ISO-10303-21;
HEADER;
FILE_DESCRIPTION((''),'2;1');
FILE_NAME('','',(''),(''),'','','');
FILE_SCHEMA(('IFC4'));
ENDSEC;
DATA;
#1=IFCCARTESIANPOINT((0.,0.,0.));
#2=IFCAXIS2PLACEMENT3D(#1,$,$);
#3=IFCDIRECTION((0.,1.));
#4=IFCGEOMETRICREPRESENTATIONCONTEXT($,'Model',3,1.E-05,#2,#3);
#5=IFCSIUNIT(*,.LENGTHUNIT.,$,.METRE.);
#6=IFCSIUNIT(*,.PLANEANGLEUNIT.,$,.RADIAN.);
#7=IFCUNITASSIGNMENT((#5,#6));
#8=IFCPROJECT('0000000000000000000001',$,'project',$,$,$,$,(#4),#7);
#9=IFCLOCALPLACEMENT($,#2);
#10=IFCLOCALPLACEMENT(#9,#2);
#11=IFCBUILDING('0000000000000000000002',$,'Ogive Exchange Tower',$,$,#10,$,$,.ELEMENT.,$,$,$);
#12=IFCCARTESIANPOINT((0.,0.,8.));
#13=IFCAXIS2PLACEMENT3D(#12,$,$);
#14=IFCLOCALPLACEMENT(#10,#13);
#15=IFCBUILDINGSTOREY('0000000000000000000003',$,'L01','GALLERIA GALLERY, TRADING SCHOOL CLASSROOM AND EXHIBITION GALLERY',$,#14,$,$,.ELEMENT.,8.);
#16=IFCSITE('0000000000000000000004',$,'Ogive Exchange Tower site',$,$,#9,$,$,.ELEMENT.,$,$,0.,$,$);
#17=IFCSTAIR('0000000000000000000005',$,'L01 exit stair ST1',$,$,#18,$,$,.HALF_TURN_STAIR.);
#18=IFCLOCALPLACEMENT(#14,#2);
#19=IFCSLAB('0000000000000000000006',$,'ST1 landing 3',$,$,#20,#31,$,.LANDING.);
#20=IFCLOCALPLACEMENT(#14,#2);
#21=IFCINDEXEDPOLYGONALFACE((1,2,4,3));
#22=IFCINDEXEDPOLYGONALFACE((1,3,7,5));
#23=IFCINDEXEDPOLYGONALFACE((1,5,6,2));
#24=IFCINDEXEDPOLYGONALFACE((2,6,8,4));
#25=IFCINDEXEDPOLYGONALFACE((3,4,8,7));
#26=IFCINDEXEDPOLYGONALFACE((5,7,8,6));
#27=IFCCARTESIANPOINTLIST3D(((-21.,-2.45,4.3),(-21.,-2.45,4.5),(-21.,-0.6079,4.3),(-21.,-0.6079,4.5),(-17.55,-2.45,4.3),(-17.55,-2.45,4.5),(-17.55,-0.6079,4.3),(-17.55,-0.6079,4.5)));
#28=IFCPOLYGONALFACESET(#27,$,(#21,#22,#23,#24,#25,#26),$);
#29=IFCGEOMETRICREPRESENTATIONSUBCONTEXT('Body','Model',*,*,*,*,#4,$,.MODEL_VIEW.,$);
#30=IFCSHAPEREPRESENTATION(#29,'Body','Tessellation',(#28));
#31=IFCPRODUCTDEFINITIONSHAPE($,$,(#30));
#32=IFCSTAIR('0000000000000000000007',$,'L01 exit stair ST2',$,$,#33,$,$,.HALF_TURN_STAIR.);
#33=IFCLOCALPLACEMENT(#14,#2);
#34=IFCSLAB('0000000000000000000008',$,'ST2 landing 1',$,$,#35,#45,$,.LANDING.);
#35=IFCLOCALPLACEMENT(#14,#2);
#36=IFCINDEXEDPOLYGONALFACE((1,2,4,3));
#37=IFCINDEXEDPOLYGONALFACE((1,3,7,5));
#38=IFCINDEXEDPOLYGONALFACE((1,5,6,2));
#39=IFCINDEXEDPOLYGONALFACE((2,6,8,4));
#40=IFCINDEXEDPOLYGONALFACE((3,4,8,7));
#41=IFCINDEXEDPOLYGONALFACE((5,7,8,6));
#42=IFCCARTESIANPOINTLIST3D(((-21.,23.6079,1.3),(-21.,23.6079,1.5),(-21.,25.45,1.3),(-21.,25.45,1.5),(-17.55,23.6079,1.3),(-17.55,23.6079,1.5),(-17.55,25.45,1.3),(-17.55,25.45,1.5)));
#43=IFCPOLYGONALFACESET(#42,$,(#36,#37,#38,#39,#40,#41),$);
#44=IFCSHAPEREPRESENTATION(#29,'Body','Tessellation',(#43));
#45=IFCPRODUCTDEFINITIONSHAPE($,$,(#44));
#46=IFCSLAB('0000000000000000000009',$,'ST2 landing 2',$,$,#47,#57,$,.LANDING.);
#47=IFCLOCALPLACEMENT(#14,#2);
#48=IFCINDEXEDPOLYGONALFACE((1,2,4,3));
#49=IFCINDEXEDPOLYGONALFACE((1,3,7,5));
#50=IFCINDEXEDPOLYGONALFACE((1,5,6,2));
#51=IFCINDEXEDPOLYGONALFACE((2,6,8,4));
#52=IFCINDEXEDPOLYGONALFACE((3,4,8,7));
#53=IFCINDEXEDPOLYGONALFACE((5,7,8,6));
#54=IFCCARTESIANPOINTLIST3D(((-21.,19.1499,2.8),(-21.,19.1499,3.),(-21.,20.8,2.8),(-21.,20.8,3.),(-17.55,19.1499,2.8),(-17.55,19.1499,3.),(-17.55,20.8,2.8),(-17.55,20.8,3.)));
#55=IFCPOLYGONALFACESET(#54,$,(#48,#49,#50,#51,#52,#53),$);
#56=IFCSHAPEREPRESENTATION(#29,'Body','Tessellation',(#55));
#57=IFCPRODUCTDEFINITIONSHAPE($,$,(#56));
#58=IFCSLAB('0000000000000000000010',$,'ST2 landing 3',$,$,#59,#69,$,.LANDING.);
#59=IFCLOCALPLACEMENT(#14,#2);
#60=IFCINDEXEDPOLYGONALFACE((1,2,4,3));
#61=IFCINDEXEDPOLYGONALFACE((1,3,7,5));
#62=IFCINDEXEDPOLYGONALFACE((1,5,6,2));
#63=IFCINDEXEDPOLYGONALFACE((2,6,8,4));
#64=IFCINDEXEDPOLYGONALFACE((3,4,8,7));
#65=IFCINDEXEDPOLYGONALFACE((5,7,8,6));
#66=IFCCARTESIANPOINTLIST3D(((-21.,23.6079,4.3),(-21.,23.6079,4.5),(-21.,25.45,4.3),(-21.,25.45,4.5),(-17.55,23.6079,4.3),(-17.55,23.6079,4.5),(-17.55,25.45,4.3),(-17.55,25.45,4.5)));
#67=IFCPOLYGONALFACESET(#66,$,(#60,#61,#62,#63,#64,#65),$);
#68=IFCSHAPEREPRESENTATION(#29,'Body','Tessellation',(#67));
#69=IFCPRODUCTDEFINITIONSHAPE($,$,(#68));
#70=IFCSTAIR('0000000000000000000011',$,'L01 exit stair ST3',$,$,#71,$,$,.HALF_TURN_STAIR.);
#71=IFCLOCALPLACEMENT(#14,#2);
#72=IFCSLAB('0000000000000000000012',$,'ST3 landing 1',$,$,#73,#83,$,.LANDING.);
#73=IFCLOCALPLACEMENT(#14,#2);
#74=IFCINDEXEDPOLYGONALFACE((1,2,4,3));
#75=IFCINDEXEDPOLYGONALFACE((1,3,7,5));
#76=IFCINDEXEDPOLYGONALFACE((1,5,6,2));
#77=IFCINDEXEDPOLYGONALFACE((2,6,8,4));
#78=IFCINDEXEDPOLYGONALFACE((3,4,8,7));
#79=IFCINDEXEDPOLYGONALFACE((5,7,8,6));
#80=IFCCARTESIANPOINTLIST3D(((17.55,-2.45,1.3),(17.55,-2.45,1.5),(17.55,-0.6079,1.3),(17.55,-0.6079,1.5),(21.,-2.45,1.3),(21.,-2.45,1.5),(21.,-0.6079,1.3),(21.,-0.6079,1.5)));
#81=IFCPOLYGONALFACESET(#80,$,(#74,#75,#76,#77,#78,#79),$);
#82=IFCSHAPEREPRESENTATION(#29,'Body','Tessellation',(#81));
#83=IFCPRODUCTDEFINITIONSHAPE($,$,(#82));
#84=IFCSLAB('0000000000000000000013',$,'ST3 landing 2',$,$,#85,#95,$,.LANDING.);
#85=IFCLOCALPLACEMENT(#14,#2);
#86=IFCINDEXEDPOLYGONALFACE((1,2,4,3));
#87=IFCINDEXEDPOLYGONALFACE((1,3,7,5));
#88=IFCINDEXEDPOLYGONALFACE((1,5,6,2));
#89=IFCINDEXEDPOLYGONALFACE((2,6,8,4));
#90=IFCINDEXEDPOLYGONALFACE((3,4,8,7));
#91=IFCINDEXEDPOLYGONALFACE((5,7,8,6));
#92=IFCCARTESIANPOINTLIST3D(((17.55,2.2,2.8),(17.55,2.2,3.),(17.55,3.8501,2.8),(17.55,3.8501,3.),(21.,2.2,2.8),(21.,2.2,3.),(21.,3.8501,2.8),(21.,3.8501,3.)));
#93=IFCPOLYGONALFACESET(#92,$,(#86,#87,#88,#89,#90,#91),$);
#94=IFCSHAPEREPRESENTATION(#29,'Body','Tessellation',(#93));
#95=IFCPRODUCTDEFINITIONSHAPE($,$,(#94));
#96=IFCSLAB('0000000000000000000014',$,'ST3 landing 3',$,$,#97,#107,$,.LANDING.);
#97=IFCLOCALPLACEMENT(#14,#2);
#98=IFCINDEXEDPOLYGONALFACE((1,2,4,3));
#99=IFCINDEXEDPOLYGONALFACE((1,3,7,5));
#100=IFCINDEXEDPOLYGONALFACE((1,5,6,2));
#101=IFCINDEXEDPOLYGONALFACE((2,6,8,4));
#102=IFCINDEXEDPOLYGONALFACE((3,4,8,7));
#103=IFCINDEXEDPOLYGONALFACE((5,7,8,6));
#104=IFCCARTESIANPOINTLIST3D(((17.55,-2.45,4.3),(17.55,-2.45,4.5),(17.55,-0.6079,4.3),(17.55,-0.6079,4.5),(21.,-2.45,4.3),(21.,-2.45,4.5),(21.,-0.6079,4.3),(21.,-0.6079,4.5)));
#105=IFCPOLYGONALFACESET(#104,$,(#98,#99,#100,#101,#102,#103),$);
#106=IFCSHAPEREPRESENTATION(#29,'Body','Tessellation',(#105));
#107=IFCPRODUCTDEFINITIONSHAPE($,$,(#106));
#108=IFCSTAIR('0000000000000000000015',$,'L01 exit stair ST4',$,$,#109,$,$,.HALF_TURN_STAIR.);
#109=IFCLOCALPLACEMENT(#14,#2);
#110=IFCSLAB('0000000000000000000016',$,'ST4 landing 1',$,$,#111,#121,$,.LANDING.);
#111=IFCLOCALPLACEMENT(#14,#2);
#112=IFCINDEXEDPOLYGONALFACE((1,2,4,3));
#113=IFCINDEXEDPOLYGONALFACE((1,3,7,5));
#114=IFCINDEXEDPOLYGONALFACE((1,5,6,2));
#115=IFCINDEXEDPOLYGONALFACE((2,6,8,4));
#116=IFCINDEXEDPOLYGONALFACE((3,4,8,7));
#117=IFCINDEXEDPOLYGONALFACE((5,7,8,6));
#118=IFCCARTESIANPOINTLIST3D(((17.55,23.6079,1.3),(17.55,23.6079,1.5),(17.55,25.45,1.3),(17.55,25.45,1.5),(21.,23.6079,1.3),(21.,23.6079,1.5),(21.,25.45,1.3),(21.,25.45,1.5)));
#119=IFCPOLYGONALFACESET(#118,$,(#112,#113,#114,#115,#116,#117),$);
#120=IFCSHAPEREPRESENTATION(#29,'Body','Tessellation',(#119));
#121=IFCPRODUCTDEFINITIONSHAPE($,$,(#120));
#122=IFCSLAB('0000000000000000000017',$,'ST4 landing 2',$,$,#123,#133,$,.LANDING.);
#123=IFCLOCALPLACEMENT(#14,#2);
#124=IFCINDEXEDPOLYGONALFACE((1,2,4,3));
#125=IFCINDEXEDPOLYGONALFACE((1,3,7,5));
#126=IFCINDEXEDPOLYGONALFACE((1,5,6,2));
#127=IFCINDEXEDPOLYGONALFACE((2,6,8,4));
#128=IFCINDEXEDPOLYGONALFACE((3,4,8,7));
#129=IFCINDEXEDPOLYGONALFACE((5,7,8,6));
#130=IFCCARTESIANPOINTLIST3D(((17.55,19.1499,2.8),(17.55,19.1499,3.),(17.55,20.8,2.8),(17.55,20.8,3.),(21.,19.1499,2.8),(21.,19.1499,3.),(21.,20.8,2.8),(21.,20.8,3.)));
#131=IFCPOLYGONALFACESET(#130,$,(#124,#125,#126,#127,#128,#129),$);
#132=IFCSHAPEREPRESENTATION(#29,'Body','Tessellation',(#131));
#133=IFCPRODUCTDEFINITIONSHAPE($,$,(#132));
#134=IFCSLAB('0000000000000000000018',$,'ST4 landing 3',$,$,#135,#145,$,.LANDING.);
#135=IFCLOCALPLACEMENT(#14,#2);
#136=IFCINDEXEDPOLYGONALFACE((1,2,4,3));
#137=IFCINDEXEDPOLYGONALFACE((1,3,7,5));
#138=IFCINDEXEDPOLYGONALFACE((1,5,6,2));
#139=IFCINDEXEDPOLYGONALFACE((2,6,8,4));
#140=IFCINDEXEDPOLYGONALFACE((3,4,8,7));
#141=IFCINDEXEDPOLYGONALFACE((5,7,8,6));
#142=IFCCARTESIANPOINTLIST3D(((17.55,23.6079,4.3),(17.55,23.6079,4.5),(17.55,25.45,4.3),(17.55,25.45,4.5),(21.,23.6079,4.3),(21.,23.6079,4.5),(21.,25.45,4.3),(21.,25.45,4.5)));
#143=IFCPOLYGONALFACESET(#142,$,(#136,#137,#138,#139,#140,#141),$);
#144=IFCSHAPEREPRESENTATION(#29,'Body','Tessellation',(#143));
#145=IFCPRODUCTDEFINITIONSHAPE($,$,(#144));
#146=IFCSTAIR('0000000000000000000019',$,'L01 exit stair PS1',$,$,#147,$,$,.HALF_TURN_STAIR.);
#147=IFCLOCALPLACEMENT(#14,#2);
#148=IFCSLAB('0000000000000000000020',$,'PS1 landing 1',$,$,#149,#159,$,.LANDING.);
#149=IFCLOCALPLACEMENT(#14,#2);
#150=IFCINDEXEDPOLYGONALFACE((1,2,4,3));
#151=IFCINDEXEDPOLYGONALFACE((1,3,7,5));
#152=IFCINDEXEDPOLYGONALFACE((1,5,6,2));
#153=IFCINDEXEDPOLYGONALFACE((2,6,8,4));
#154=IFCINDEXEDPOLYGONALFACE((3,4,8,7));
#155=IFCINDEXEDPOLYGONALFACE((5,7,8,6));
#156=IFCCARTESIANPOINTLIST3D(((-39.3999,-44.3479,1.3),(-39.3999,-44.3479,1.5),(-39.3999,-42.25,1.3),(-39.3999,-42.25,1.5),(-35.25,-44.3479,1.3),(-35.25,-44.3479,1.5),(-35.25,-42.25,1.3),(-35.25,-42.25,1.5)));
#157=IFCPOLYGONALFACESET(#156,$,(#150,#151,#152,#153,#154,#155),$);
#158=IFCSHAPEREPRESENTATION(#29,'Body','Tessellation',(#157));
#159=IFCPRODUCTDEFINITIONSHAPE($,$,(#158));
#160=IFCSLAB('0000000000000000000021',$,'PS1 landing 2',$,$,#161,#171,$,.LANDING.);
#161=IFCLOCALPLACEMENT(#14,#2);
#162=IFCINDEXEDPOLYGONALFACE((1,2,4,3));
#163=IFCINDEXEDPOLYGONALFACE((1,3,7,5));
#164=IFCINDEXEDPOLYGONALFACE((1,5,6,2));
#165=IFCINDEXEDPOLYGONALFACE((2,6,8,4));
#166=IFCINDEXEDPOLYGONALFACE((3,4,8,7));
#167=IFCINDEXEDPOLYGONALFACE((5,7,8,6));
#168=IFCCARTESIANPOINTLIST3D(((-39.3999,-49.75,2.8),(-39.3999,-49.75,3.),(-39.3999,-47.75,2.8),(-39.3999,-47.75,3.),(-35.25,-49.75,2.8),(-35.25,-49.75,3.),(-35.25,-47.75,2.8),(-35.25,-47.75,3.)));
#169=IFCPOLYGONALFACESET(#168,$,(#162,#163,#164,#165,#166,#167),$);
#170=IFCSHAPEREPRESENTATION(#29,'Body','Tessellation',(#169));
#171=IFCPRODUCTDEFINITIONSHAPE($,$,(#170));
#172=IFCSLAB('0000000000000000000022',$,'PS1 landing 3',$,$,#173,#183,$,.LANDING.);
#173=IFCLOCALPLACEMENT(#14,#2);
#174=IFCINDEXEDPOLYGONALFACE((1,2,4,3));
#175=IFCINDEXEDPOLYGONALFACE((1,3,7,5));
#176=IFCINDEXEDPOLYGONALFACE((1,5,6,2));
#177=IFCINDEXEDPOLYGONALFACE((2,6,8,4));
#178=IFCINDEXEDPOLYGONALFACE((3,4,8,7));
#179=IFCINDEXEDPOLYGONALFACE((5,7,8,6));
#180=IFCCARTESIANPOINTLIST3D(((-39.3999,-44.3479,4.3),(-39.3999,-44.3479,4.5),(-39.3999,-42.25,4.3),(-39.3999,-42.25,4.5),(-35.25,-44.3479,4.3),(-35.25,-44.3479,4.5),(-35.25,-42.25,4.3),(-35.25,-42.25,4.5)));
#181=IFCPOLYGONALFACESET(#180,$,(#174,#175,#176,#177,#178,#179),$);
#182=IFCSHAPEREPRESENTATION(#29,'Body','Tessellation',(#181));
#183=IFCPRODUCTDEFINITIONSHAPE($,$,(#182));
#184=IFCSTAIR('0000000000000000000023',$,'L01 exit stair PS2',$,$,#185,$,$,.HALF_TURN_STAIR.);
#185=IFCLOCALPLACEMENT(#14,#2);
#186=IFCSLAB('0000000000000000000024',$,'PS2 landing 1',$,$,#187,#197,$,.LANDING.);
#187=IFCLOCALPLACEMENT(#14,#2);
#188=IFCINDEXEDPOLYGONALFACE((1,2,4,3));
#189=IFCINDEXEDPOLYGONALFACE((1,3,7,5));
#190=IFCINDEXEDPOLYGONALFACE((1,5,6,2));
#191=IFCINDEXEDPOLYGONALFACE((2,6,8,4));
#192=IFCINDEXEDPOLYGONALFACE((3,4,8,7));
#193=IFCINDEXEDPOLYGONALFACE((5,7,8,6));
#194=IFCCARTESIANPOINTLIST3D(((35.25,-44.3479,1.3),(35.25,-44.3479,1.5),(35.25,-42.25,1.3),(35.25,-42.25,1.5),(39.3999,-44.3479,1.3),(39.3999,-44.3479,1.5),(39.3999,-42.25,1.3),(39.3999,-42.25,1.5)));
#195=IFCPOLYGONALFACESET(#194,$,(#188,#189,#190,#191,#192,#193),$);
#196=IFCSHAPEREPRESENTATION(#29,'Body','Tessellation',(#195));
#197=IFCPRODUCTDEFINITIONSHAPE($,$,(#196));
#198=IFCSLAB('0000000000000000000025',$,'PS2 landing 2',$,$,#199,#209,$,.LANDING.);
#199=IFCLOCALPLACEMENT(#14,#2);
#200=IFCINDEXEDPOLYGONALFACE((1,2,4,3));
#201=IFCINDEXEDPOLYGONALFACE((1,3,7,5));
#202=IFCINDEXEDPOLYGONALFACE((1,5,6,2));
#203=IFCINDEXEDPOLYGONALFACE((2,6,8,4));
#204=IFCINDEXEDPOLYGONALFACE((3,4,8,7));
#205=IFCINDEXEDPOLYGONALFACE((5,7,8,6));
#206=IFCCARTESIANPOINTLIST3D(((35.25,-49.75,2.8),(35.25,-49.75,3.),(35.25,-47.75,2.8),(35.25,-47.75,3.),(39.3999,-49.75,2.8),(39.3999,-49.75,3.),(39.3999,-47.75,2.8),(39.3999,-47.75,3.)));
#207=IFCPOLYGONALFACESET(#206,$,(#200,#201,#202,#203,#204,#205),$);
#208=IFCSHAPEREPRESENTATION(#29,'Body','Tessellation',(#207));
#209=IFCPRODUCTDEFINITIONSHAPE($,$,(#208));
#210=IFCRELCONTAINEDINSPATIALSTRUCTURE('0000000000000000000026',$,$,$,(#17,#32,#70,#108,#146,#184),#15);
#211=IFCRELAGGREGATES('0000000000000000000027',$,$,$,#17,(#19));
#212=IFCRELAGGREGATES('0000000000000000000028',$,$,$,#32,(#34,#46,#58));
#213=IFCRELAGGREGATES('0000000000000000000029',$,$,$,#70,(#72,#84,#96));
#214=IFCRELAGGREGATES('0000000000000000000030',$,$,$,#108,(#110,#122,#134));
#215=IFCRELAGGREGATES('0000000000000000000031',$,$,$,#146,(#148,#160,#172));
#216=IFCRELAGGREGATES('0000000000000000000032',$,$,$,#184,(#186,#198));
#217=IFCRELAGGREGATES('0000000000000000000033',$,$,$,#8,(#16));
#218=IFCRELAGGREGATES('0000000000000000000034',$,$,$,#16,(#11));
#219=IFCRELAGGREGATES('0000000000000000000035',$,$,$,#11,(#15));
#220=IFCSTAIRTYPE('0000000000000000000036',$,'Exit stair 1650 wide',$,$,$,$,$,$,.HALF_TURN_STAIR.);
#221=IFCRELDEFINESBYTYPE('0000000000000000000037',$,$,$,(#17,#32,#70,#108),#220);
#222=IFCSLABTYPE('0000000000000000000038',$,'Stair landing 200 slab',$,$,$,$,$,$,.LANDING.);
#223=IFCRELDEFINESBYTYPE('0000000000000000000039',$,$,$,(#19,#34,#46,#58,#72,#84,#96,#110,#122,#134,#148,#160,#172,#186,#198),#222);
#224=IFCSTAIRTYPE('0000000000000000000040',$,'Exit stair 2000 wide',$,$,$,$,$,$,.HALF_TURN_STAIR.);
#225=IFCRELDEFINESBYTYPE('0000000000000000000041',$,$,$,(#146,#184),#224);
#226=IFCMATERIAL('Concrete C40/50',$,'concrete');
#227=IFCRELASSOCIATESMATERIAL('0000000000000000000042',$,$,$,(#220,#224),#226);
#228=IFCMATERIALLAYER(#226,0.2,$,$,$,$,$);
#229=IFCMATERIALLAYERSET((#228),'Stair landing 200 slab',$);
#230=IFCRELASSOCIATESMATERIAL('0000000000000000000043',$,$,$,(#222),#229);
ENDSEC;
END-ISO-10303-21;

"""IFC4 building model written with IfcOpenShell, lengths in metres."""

from ifc_helpers import new_model, si_unit, direction, frame, origin, place, context, subcontext, project, spatial, polyline, outline, extrude, material, layer, layer_set, type_object, element, aggregate, save


model = new_model("IFC4")

# Units and contexts
model_context = context("Model", 3, precision=1e-05, world=origin(), true_north=direction((0.0, 1.0)))
body_context = subcontext(model_context, "Body", "Model", "MODEL_VIEW")
ifc_project = project(units=[si_unit("LENGTHUNIT", "METRE"), si_unit("PLANEANGLEUNIT", "RADIAN")], contexts=[model_context])

# Site, building, storey
site_placement = place(None, origin())
site = spatial("IfcSite", under=ifc_project, at=site_placement, Name="Ogive Exchange Tower site", CompositionType="ELEMENT", RefElevation=0.0)
building_placement = place(site_placement, origin())
building = spatial("IfcBuilding", under=site, at=building_placement, Name="Ogive Exchange Tower", CompositionType="ELEMENT")
storey_placement = place(building_placement, frame((0.0, 0.0, 8.0)))
storey = spatial("IfcBuildingStorey", under=building, at=storey_placement, Name="L01", Description="GALLERIA GALLERY, TRADING SCHOOL CLASSROOM AND EXHIBITION GALLERY", CompositionType="ELEMENT", Elevation=8.0)

# Stair, slab
ifc_material = material(Name="Concrete C40/50", Category="concrete")
stair_type_1 = type_object("IfcStairType", Name="Exit stair 1650 wide", PredefinedType="HALF_TURN_STAIR", material=ifc_material)
stair_1_placement = place(storey_placement, origin())
stair_1 = element("IfcStair", 1, at=stair_1_placement, inside=storey, type_object=stair_type_1, Name="L01 exit stair ST1", PredefinedType="HALF_TURN_STAIR")
ifc_layer = layer(ifc_material, 0.2)
ifc_layer_set = layer_set([ifc_layer], Name="Stair landing 200 slab")
slab_type = type_object("IfcSlabType", Name="Stair landing 200 slab", PredefinedType="LANDING", material=ifc_layer_set)
slab_1_placement = place(storey_placement, frame((0.0, 0.0, 4.3)))
slab_1 = element("IfcSlab", 2, at=slab_1_placement, type_object=slab_type, Name="ST1 landing 3", PredefinedType="LANDING", context=body_context, shape_type="SweptSolid", body=[
    extrude(outline(polyline([(-21.0, -0.6079), (-21.0, -2.45), (-17.55, -2.45), (-17.55, -0.6079), (-21.0, -0.6079)])), origin(), (0.0, 0.0, 1.0), 0.2),
])
aggregate(stair_1, [slab_1])

# Stairs, slabs
stair_2_placement = place(storey_placement, origin())
stair_2 = element("IfcStair", 3, at=stair_2_placement, inside=storey, type_object=stair_type_1, Name="L01 exit stair ST2", PredefinedType="HALF_TURN_STAIR")
slab_2_placement = place(storey_placement, frame((0.0, 0.0, 1.3)))
slab_2 = element("IfcSlab", 4, at=slab_2_placement, type_object=slab_type, Name="ST2 landing 1", PredefinedType="LANDING", context=body_context, shape_type="SweptSolid", body=[
    extrude(outline(polyline([(-17.55, 23.6079), (-17.55, 25.45), (-21.0, 25.45), (-21.0, 23.6079), (-17.55, 23.6079)])), origin(), (0.0, 0.0, 1.0), 0.2),
])
slab_3_placement = place(storey_placement, frame((0.0, 0.0, 2.8)))
slab_3 = element("IfcSlab", 5, at=slab_3_placement, type_object=slab_type, Name="ST2 landing 2", PredefinedType="LANDING", context=body_context, shape_type="SweptSolid", body=[
    extrude(outline(polyline([(-17.55, 19.1499), (-17.55, 20.8), (-21.0, 20.8), (-21.0, 19.1499), (-17.55, 19.1499)])), origin(), (0.0, 0.0, 1.0), 0.2),
])
slab_4_placement = place(storey_placement, frame((0.0, 0.0, 4.3)))
slab_4 = element("IfcSlab", 6, at=slab_4_placement, type_object=slab_type, Name="ST2 landing 3", PredefinedType="LANDING", context=body_context, shape_type="SweptSolid", body=[
    extrude(outline(polyline([(-17.55, 23.6079), (-17.55, 25.45), (-21.0, 25.45), (-21.0, 23.6079), (-17.55, 23.6079)])), origin(), (0.0, 0.0, 1.0), 0.2),
])
aggregate(stair_2, [slab_2, slab_3, slab_4])
stair_3_placement = place(storey_placement, origin())
stair_3 = element("IfcStair", 7, at=stair_3_placement, inside=storey, type_object=stair_type_1, Name="L01 exit stair ST3", PredefinedType="HALF_TURN_STAIR")
slab_5_placement = place(storey_placement, frame((0.0, 0.0, 1.3)))
slab_5 = element("IfcSlab", 8, at=slab_5_placement, type_object=slab_type, Name="ST3 landing 1", PredefinedType="LANDING", context=body_context, shape_type="SweptSolid", body=[
    extrude(outline(polyline([(17.55, -0.6079), (17.55, -2.45), (21.0, -2.45), (21.0, -0.6079), (17.55, -0.6079)])), origin(), (0.0, 0.0, 1.0), 0.2),
])
slab_6_placement = place(storey_placement, frame((0.0, 0.0, 2.8)))
slab_6 = element("IfcSlab", 9, at=slab_6_placement, type_object=slab_type, Name="ST3 landing 2", PredefinedType="LANDING", context=body_context, shape_type="SweptSolid", body=[
    extrude(outline(polyline([(17.55, 3.8501), (17.55, 2.2), (21.0, 2.2), (21.0, 3.8501), (17.55, 3.8501)])), origin(), (0.0, 0.0, 1.0), 0.2),
])
slab_7_placement = place(storey_placement, frame((0.0, 0.0, 4.3)))
slab_7 = element("IfcSlab", 10, at=slab_7_placement, type_object=slab_type, Name="ST3 landing 3", PredefinedType="LANDING", context=body_context, shape_type="SweptSolid", body=[
    extrude(outline(polyline([(17.55, -0.6079), (17.55, -2.45), (21.0, -2.45), (21.0, -0.6079), (17.55, -0.6079)])), origin(), (0.0, 0.0, 1.0), 0.2),
])
aggregate(stair_3, [slab_5, slab_6, slab_7])
stair_4_placement = place(storey_placement, origin())
stair_4 = element("IfcStair", 11, at=stair_4_placement, inside=storey, type_object=stair_type_1, Name="L01 exit stair ST4", PredefinedType="HALF_TURN_STAIR")
slab_8_placement = place(storey_placement, frame((0.0, 0.0, 1.3)))
slab_8 = element("IfcSlab", 12, at=slab_8_placement, type_object=slab_type, Name="ST4 landing 1", PredefinedType="LANDING", context=body_context, shape_type="SweptSolid", body=[
    extrude(outline(polyline([(21.0, 23.6079), (21.0, 25.45), (17.55, 25.45), (17.55, 23.6079), (21.0, 23.6079)])), origin(), (0.0, 0.0, 1.0), 0.2),
])
slab_9_placement = place(storey_placement, frame((0.0, 0.0, 2.8)))
slab_9 = element("IfcSlab", 13, at=slab_9_placement, type_object=slab_type, Name="ST4 landing 2", PredefinedType="LANDING", context=body_context, shape_type="SweptSolid", body=[
    extrude(outline(polyline([(21.0, 19.1499), (21.0, 20.8), (17.55, 20.8), (17.55, 19.1499), (21.0, 19.1499)])), origin(), (0.0, 0.0, 1.0), 0.2),
])
slab_10_placement = place(storey_placement, frame((0.0, 0.0, 4.3)))
slab_10 = element("IfcSlab", 14, at=slab_10_placement, type_object=slab_type, Name="ST4 landing 3", PredefinedType="LANDING", context=body_context, shape_type="SweptSolid", body=[
    extrude(outline(polyline([(21.0, 23.6079), (21.0, 25.45), (17.55, 25.45), (17.55, 23.6079), (21.0, 23.6079)])), origin(), (0.0, 0.0, 1.0), 0.2),
])
aggregate(stair_4, [slab_8, slab_9, slab_10])
stair_type_2 = type_object("IfcStairType", Name="Exit stair 2000 wide", PredefinedType="HALF_TURN_STAIR", material=ifc_material)
stair_5_placement = place(storey_placement, origin())
stair_5 = element("IfcStair", 15, at=stair_5_placement, inside=storey, type_object=stair_type_2, Name="L01 exit stair PS1", PredefinedType="HALF_TURN_STAIR")
slab_11_placement = place(storey_placement, frame((0.0, 0.0, 1.3)))
slab_11 = element("IfcSlab", 16, at=slab_11_placement, type_object=slab_type, Name="PS1 landing 1", PredefinedType="LANDING", context=body_context, shape_type="SweptSolid", body=[
    extrude(outline(polyline([(-35.25, -44.3479), (-35.25, -42.25), (-39.3999, -42.25), (-39.3999, -44.3479), (-35.25, -44.3479)])), origin(), (0.0, 0.0, 1.0), 0.2),
])
slab_12_placement = place(storey_placement, frame((0.0, 0.0, 2.8)))
slab_12 = element("IfcSlab", 17, at=slab_12_placement, type_object=slab_type, Name="PS1 landing 2", PredefinedType="LANDING", context=body_context, shape_type="SweptSolid", body=[
    extrude(outline(polyline([(-35.25, -49.75), (-35.25, -47.75), (-39.3999, -47.75), (-39.3999, -49.75), (-35.25, -49.75)])), origin(), (0.0, 0.0, 1.0), 0.2),
])
slab_13_placement = place(storey_placement, frame((0.0, 0.0, 4.3)))
slab_13 = element("IfcSlab", 18, at=slab_13_placement, type_object=slab_type, Name="PS1 landing 3", PredefinedType="LANDING", context=body_context, shape_type="SweptSolid", body=[
    extrude(outline(polyline([(-35.25, -44.3479), (-35.25, -42.25), (-39.3999, -42.25), (-39.3999, -44.3479), (-35.25, -44.3479)])), origin(), (0.0, 0.0, 1.0), 0.2),
])
aggregate(stair_5, [slab_11, slab_12, slab_13])
stair_6_placement = place(storey_placement, origin())
stair_6 = element("IfcStair", 19, at=stair_6_placement, inside=storey, type_object=stair_type_2, Name="L01 exit stair PS2", PredefinedType="HALF_TURN_STAIR")
slab_14_placement = place(storey_placement, frame((0.0, 0.0, 1.3)))
slab_14 = element("IfcSlab", 20, at=slab_14_placement, type_object=slab_type, Name="PS2 landing 1", PredefinedType="LANDING", context=body_context, shape_type="SweptSolid", body=[
    extrude(outline(polyline([(39.3999, -44.3479), (39.3999, -42.25), (35.25, -42.25), (35.25, -44.3479), (39.3999, -44.3479)])), origin(), (0.0, 0.0, 1.0), 0.2),
])
slab_15_placement = place(storey_placement, frame((0.0, 0.0, 2.8)))
slab_15 = element("IfcSlab", 21, at=slab_15_placement, type_object=slab_type, Name="PS2 landing 2", PredefinedType="LANDING", context=body_context, shape_type="SweptSolid", body=[
    extrude(outline(polyline([(39.3999, -49.75), (39.3999, -47.75), (35.25, -47.75), (35.25, -49.75), (39.3999, -49.75)])), origin(), (0.0, 0.0, 1.0), 0.2),
])
aggregate(stair_6, [slab_14, slab_15])

save(model, "model.ifc")
